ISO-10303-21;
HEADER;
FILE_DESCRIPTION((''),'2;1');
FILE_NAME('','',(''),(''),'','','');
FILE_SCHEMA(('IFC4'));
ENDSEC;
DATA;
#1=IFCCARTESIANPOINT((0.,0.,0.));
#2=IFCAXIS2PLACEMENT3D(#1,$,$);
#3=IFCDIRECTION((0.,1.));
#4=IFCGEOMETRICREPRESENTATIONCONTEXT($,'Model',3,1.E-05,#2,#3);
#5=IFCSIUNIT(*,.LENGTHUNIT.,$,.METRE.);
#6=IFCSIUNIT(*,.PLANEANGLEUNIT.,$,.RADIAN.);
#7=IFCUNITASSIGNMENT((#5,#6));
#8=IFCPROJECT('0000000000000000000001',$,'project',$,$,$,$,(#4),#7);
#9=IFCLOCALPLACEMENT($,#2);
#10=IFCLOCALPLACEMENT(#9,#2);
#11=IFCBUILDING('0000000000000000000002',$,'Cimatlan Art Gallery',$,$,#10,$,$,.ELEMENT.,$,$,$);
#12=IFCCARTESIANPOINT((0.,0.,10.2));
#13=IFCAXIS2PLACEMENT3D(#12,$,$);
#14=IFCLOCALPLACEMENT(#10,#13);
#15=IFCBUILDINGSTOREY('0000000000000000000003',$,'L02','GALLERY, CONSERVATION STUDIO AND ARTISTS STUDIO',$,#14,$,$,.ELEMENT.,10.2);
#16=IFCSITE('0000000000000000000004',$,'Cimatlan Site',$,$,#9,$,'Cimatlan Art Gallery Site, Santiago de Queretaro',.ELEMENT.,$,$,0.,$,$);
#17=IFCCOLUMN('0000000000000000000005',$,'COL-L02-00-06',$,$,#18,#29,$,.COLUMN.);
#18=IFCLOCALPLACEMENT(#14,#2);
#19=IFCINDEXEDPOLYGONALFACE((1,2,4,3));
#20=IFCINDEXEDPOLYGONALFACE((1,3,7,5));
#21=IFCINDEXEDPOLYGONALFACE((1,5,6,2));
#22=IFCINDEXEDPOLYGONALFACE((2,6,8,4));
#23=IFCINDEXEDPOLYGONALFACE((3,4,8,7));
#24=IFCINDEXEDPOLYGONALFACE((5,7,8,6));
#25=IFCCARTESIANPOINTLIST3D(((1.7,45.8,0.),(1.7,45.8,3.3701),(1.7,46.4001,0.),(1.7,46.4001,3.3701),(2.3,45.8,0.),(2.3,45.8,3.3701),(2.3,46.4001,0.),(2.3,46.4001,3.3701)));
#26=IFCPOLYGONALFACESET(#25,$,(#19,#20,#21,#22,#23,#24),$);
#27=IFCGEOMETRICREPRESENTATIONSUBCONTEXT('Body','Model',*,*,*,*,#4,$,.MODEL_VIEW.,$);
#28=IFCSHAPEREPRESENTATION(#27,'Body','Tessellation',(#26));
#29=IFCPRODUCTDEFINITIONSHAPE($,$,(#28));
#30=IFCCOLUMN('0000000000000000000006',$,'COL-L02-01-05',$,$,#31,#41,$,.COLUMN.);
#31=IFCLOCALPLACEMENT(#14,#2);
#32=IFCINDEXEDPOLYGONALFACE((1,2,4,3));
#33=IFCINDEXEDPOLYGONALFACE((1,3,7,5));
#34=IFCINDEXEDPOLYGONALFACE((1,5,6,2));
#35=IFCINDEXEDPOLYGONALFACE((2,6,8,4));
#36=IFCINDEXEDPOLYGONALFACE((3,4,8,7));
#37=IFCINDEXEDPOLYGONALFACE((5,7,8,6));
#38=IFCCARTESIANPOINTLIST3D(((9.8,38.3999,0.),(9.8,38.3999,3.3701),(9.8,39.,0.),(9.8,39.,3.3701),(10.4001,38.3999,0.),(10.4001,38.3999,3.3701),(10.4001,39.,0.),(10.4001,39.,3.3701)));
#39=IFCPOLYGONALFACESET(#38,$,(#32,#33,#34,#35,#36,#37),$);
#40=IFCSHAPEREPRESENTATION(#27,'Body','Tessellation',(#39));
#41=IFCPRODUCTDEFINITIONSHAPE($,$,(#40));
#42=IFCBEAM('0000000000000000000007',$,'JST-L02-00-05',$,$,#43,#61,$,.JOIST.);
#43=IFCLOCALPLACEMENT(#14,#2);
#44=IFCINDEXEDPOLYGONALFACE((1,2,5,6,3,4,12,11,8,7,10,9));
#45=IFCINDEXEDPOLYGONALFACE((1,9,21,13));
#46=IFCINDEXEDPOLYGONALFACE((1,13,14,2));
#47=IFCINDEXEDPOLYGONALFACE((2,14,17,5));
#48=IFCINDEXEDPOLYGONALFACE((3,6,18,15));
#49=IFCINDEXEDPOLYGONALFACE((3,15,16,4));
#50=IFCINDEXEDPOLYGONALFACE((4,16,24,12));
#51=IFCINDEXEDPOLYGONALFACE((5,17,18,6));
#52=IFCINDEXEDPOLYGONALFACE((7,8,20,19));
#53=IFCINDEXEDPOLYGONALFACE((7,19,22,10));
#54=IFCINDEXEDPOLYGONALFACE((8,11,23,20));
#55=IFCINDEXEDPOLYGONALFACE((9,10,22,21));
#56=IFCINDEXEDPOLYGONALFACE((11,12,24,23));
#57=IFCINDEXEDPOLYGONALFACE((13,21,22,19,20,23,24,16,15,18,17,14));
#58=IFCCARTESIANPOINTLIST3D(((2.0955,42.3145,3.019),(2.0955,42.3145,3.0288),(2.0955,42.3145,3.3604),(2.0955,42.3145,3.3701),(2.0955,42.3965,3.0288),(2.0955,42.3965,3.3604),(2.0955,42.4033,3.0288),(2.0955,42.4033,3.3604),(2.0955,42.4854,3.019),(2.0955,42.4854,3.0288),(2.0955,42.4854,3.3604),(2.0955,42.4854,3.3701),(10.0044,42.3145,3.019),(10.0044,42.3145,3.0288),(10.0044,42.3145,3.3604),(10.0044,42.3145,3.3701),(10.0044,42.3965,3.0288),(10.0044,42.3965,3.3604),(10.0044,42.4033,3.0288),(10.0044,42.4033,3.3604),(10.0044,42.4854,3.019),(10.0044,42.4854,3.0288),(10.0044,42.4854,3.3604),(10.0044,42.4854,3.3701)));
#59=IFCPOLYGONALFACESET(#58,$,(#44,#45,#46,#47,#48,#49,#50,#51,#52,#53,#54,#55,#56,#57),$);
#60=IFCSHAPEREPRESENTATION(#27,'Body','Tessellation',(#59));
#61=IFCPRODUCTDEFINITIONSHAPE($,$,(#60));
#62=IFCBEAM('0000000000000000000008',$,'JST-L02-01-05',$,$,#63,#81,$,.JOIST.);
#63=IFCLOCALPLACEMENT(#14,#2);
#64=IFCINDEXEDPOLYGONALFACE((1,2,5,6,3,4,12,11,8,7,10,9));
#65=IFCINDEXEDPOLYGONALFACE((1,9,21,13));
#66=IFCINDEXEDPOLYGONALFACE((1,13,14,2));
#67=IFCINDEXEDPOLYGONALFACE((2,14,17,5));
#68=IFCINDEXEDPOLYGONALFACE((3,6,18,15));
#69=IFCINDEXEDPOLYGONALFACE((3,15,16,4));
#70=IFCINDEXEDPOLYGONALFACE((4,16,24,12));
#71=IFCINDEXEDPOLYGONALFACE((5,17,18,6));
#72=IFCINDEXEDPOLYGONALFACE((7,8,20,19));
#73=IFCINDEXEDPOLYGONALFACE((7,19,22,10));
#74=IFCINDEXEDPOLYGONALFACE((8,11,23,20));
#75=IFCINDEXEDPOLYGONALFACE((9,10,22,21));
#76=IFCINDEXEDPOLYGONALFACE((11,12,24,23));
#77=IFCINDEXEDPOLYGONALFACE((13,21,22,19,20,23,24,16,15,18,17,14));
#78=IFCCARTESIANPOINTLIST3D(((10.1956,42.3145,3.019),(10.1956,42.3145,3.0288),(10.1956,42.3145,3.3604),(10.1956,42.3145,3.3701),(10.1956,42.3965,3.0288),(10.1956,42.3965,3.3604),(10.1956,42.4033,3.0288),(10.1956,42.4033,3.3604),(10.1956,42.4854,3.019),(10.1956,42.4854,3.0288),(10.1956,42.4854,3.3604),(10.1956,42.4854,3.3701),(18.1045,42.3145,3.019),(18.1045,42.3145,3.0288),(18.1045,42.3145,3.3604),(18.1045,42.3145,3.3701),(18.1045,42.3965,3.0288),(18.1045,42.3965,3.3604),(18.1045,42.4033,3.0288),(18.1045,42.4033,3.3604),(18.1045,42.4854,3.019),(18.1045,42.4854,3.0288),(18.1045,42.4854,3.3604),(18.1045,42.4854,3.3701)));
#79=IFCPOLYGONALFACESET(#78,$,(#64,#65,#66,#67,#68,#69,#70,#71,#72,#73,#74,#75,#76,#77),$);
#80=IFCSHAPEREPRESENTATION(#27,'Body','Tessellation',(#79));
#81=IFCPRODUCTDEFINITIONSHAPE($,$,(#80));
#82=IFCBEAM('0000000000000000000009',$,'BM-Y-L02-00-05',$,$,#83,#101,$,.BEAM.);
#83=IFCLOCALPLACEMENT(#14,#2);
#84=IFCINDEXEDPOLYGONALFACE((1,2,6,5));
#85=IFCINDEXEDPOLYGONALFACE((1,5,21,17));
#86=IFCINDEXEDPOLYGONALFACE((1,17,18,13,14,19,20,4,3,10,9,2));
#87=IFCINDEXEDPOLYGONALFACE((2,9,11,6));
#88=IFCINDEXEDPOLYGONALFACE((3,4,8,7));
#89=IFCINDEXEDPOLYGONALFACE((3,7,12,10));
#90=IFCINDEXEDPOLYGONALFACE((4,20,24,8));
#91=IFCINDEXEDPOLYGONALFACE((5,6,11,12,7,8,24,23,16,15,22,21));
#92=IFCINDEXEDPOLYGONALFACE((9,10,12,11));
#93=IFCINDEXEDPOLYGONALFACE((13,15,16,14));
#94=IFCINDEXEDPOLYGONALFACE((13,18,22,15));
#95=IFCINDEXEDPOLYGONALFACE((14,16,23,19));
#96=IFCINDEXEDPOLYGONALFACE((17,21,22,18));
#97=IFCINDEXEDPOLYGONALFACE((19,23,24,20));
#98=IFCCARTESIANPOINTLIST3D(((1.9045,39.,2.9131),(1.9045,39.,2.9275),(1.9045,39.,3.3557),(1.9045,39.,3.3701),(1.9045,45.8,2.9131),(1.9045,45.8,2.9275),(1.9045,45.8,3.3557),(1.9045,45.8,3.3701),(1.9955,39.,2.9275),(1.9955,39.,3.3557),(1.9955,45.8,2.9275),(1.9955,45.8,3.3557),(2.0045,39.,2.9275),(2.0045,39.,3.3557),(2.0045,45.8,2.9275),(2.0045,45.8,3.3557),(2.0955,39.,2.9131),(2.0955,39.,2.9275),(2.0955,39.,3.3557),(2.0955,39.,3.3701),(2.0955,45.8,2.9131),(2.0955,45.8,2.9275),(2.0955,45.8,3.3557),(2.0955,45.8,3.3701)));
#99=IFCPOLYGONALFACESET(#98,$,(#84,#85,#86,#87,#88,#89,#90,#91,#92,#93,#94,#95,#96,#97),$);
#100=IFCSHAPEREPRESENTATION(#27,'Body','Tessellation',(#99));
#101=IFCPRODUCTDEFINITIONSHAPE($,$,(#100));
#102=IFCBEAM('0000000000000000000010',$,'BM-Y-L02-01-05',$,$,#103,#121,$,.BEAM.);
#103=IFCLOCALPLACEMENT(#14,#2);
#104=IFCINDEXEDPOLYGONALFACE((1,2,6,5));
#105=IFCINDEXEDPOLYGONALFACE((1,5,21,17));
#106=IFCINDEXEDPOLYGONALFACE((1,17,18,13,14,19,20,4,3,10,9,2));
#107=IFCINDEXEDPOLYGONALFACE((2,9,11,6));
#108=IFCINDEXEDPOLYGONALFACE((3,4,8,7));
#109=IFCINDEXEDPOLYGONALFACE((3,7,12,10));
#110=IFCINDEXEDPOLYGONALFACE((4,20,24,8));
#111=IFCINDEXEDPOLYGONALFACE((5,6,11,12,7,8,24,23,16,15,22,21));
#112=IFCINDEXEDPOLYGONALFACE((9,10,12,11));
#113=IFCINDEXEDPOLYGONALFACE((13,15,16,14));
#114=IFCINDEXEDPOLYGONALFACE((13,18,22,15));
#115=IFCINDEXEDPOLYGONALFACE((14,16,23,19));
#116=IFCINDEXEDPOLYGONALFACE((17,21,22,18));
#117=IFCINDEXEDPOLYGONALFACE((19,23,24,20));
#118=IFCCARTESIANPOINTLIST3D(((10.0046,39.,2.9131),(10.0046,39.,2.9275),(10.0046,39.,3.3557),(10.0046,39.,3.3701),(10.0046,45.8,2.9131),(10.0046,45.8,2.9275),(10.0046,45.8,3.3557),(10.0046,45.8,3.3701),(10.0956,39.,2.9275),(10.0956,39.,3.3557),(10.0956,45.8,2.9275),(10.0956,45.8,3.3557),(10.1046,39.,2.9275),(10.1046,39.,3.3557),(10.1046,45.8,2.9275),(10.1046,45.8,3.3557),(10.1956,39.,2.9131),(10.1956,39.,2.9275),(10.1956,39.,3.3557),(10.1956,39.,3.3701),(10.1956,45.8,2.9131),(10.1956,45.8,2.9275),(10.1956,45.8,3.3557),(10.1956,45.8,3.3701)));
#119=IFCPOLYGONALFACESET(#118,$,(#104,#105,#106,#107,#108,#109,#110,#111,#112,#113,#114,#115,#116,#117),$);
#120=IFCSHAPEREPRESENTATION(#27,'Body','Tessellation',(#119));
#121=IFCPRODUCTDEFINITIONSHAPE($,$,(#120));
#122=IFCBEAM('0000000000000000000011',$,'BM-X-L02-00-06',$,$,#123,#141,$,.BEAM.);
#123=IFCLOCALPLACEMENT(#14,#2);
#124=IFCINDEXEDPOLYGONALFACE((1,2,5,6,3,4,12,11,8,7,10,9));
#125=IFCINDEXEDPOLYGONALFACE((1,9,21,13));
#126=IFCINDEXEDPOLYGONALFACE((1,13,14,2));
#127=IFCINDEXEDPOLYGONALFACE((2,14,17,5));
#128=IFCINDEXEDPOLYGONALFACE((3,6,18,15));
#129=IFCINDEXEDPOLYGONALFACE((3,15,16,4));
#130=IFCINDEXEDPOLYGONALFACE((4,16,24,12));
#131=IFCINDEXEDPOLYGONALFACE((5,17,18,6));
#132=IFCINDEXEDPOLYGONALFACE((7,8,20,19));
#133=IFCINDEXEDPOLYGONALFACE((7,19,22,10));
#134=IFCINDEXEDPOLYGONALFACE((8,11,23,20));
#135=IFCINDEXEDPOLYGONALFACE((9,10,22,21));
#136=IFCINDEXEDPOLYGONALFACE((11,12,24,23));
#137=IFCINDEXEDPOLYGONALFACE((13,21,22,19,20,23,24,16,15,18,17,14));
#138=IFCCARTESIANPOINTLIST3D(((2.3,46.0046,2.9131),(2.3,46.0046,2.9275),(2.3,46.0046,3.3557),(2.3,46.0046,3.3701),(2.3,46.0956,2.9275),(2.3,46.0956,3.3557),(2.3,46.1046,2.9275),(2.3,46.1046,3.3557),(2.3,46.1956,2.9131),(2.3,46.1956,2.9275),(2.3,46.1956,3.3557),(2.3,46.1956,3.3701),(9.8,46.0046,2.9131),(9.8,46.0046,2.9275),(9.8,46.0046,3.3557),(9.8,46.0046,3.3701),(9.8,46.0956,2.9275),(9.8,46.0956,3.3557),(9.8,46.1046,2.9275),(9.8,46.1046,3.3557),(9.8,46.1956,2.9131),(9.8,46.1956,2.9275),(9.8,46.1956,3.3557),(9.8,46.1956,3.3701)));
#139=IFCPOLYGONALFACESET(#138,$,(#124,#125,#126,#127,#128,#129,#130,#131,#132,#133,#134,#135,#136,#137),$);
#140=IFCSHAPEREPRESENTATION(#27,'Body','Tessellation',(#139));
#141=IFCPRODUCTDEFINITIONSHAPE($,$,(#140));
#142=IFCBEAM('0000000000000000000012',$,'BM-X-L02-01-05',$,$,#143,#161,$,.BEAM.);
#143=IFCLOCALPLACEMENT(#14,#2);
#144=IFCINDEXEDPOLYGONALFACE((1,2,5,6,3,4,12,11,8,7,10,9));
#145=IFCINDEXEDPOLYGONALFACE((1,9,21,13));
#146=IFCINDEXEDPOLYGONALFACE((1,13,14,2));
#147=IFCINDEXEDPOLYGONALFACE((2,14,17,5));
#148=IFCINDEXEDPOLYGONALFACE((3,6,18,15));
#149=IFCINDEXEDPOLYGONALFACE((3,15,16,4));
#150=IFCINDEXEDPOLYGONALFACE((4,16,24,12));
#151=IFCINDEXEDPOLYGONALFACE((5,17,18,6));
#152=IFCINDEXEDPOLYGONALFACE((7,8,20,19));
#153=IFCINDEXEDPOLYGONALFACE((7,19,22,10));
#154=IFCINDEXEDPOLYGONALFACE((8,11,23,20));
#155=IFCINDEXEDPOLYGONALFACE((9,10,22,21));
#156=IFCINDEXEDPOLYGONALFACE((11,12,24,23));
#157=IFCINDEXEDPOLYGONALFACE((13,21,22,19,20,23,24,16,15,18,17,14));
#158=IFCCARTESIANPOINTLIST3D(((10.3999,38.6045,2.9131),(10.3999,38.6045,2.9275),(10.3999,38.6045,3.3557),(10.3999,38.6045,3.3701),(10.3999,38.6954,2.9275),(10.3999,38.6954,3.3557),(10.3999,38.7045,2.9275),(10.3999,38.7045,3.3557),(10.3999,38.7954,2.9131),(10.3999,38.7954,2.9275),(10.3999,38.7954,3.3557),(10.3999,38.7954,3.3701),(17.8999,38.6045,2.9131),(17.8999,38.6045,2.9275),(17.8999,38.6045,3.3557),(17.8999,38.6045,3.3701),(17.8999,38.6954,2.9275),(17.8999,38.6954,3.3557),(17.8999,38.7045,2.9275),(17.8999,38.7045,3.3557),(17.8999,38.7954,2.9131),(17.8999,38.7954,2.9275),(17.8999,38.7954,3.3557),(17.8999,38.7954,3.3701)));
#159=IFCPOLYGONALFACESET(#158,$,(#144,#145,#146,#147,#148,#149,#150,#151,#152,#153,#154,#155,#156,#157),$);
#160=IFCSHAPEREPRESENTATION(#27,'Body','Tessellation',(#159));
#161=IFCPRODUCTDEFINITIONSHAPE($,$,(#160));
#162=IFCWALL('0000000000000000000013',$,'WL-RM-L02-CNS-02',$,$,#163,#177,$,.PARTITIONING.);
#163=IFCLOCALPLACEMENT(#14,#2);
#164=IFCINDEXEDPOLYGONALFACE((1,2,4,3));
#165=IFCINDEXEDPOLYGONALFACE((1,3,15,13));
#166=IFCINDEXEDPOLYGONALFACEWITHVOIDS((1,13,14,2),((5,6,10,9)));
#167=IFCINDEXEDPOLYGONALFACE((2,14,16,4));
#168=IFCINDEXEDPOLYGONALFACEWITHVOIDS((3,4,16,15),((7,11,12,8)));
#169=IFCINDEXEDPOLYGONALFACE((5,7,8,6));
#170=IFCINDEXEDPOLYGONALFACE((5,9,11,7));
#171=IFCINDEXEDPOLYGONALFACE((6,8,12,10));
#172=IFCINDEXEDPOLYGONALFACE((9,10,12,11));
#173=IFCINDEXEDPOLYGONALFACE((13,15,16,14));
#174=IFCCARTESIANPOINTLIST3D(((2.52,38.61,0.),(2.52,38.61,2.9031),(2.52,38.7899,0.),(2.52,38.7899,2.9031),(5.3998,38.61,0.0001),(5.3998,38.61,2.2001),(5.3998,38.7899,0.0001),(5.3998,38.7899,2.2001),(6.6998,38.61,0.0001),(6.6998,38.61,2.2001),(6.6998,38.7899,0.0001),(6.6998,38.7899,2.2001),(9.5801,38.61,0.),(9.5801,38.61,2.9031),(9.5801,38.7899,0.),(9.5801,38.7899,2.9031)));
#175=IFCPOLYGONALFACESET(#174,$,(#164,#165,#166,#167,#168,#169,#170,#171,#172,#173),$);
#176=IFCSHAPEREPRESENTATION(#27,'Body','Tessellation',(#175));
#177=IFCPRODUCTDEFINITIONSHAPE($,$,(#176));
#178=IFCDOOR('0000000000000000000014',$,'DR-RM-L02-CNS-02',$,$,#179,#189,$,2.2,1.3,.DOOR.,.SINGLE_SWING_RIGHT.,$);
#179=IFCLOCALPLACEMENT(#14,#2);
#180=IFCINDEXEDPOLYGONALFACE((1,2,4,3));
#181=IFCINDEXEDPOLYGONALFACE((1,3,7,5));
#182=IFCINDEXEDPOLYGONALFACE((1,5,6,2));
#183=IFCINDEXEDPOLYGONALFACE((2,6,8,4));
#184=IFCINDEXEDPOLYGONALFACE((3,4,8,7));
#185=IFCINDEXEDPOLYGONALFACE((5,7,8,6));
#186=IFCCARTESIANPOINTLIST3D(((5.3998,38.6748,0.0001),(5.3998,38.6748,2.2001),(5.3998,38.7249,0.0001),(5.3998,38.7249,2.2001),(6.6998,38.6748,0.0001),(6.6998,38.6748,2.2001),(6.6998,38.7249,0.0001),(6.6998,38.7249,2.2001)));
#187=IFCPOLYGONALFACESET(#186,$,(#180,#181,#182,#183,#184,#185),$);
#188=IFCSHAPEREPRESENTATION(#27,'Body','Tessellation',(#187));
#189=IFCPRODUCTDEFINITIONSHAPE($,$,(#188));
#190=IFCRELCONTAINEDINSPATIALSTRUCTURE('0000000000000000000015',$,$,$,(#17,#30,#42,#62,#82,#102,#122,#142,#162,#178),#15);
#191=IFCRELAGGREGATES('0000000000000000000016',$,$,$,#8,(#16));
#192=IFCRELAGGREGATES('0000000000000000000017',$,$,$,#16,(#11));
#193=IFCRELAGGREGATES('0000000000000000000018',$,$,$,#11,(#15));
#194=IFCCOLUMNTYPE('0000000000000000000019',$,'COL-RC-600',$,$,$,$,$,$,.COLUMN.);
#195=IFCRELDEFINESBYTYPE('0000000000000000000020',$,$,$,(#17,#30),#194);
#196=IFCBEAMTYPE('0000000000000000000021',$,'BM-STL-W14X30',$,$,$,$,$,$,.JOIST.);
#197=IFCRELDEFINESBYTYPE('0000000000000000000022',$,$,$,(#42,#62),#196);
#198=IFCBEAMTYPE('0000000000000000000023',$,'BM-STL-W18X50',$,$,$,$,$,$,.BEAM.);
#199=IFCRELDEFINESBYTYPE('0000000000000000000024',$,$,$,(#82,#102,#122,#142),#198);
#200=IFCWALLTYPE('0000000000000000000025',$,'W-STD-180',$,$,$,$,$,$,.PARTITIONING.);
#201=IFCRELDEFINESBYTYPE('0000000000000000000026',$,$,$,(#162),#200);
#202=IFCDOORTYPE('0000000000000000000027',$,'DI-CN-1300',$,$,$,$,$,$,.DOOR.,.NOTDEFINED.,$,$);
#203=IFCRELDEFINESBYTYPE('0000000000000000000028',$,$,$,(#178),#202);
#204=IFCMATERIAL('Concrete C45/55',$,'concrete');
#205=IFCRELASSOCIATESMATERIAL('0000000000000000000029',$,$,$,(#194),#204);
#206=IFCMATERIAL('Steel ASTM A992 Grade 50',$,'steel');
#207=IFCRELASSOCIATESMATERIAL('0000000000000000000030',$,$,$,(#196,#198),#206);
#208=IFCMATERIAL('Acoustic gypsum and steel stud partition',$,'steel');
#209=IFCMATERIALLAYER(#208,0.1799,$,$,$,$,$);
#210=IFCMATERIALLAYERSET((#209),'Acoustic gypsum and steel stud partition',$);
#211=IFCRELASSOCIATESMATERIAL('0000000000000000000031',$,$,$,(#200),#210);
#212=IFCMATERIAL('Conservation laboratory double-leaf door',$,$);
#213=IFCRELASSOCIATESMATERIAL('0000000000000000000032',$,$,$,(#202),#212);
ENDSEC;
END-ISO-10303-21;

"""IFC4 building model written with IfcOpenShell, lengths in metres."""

from ifc_helpers import new_model, si_unit, direction, frame, frame_2d, origin, origin_2d, place, context, subcontext, project, spatial, rectangle, i_section, extrude, material, layer, layer_set, material_profile, profile_set, type_object, element, fill, save


model = new_model("IFC4")

# Units and contexts
model_context = context("Model", 3, precision=1e-05, world=origin(), true_north=direction((0.0, 1.0)))
body_context = subcontext(model_context, "Body", "Model", "MODEL_VIEW")
ifc_project = project(units=[si_unit("LENGTHUNIT", "METRE"), si_unit("PLANEANGLEUNIT", "RADIAN")], contexts=[model_context])

# Site, building, storey
site_placement = place(None, origin())
site = spatial("IfcSite", under=ifc_project, at=site_placement, Name="Cimatlan Site", LongName="Cimatlan Art Gallery Site, Santiago de Queretaro", CompositionType="ELEMENT", RefElevation=0.0)
building_placement = place(site_placement, origin())
building = spatial("IfcBuilding", under=site, at=building_placement, Name="Cimatlan Art Gallery", CompositionType="ELEMENT")
storey_placement = place(building_placement, frame((0.0, 0.0, 10.2)))
storey = spatial("IfcBuildingStorey", under=building, at=storey_placement, Name="L02", Description="GALLERY, CONSERVATION STUDIO AND ARTISTS STUDIO", CompositionType="ELEMENT", Elevation=10.2)

# Columns
ifc_material_1 = material(Name="Concrete C45/55", Category="concrete")
ifc_material_profile_1 = material_profile(ifc_material_1, rectangle(XDim=0.6001, YDim=0.6001, at=origin_2d()), Name="RC600X600")
ifc_profile_set_1 = profile_set([ifc_material_profile_1], Name="Concrete C45/55")
column_type = type_object("IfcColumnType", Name="COL-RC-600", PredefinedType="COLUMN", material=ifc_profile_set_1)
for number, where, z_axis, x_axis, name in (
    (1, (2.0, 46.1001, 0.0), (0.0, 0.0, 1.0), (1.0, 0.0, 0.0), "COL-L02-00-06"),
    (2, (10.1001, 38.7, 0.0), (0.0, 0.0, 1.0), (1.0, 0.0, 0.0), "COL-L02-01-05"),
):
    element("IfcColumn", number, at=place(storey_placement, frame(where, z_axis=z_axis, x_axis=x_axis)), inside=storey, type_object=column_type, Name=name, PredefinedType="COLUMN", context=body_context, shape_type="SweptSolid", body=[
        extrude(rectangle(XDim=0.6001, YDim=0.6001, at=origin_2d()), origin(), (0.0, 0.0, 1.0), 3.3701),
    ])

# Beams
ifc_material_2 = material(Name="Steel ASTM A992 Grade 50", Category="steel")
ifc_material_profile_2 = material_profile(ifc_material_2, i_section(OverallWidth=0.1709, OverallDepth=0.3511, WebThickness=0.0068, FlangeThickness=0.0098, at=origin_2d()), Name="W14X30")
ifc_profile_set_2 = profile_set([ifc_material_profile_2], Name="Steel ASTM A992 Grade 50")
beam_type_1 = type_object("IfcBeamType", Name="BM-STL-W14X30", PredefinedType="JOIST", material=ifc_profile_set_2)
for number, where, z_axis, x_axis, name in (
    (3, (2.0955, 42.3999, 3.1946), (1.0, 0.0, 0.0), (0.0, 1.0, 0.0), "JST-L02-00-05"),
    (4, (10.1956, 42.3999, 3.1946), (1.0, 0.0, 0.0), (0.0, 1.0, 0.0), "JST-L02-01-05"),
):
    element("IfcBeam", number, at=place(storey_placement, frame(where, z_axis=z_axis, x_axis=x_axis)), inside=storey, type_object=beam_type_1, Name=name, PredefinedType="JOIST", context=body_context, shape_type="SweptSolid", body=[
        extrude(i_section(OverallWidth=0.1709, OverallDepth=0.3511, WebThickness=0.0068, FlangeThickness=0.0098, at=origin_2d()), origin(), (0.0, 0.0, 1.0), 7.9089),
    ])
ifc_material_profile_3 = material_profile(ifc_material_2, i_section(OverallWidth=0.1909, OverallDepth=0.457, WebThickness=0.009, FlangeThickness=0.0144, at=origin_2d()), Name="W18X50")
ifc_profile_set_3 = profile_set([ifc_material_profile_3], Name="Steel ASTM A992 Grade 50")
beam_type_2 = type_object("IfcBeamType", Name="BM-STL-W18X50", PredefinedType="BEAM", material=ifc_profile_set_3)
for number, where, z_axis, x_axis, name in (
    (5, (2.0, 39.0, 3.1416), (0.0, 1.0, 0.0), (-1.0, 0.0, 0.0), "BM-Y-L02-00-05"),
    (6, (10.1001, 39.0, 3.1416), (0.0, 1.0, 0.0), (-1.0, 0.0, 0.0), "BM-Y-L02-01-05"),
):
    element("IfcBeam", number, at=place(storey_placement, frame(where, z_axis=z_axis, x_axis=x_axis)), inside=storey, type_object=beam_type_2, Name=name, PredefinedType="BEAM", context=body_context, shape_type="SweptSolid", body=[
        extrude(i_section(OverallWidth=0.1909, OverallDepth=0.457, WebThickness=0.009, FlangeThickness=0.0144, at=origin_2d()), origin(), (0.0, 0.0, 1.0), 6.8),
    ])
for number, where, z_axis, x_axis, name in (
    (7, (2.3, 46.1001, 3.1416), (1.0, 0.0, 0.0), (0.0, 1.0, 0.0), "BM-X-L02-00-06"),
    (8, (10.3999, 38.7, 3.1416), (1.0, 0.0, 0.0), (0.0, 1.0, 0.0), "BM-X-L02-01-05"),
):
    element("IfcBeam", number, at=place(storey_placement, frame(where, z_axis=z_axis, x_axis=x_axis)), inside=storey, type_object=beam_type_2, Name=name, PredefinedType="BEAM", context=body_context, shape_type="SweptSolid", body=[
        extrude(i_section(OverallWidth=0.1909, OverallDepth=0.457, WebThickness=0.009, FlangeThickness=0.0144, at=origin_2d()), origin(), (0.0, 0.0, 1.0), 7.5),
    ])

# Wall, opening, door
ifc_material_3 = material(Name="Acoustic gypsum and steel stud partition", Category="steel")
ifc_layer_1 = layer(ifc_material_3, 0.1799)
ifc_layer_set_1 = layer_set([ifc_layer_1], Name="Acoustic gypsum and steel stud partition")
wall_type_1 = type_object("IfcWallType", Name="W-STD-180", PredefinedType="PARTITIONING", material=ifc_layer_set_1)
wall_1_placement = place(storey_placement, frame((2.52, 38.7, 0.0), z_axis=(0.0, 0.0, 1.0), x_axis=(1.0, 0.0, 0.0)))
wall_1 = element("IfcWall", 9, at=wall_1_placement, inside=storey, type_object=wall_type_1, Name="WL-RM-L02-CNS-02", PredefinedType="PARTITIONING", context=body_context, shape_type="SweptSolid", body=[
    extrude(rectangle(XDim=7.0601, YDim=0.1799, at=frame_2d((3.53, 0.0))), origin(), (0.0, 0.0, 1.0), 2.9031),
])
opening_1_placement = place(wall_1_placement, frame((2.8799, 0.0, 0.0)))
opening_1 = element("IfcOpeningElement", 10, at=opening_1_placement, cuts=wall_1, PredefinedType="OPENING", context=body_context, shape_type="SweptSolid", body=[
    extrude(rectangle(XDim=1.3, YDim=2.2, at=frame_2d((0.6499, 1.1001))), frame((0.0, 0.1001, 0.0), z_axis=(0.0, -1.0, 0.0), x_axis=(1.0, 0.0, 0.0)), (0.0, 0.0, 1.0), 0.2),
])
ifc_material_4 = material(Name="Conservation laboratory double-leaf door")
door_type = type_object("IfcDoorType", Name="DI-CN-1300", OperationType="NOTDEFINED", PredefinedType="DOOR", material=ifc_material_4)
door_1_placement = place(opening_1_placement, origin())
door_1 = element("IfcDoor", 11, at=door_1_placement, inside=storey, type_object=door_type, Name="DR-RM-L02-CNS-02", OperationType="SINGLE_SWING_RIGHT", OverallHeight=2.2, OverallWidth=1.3, PredefinedType="DOOR", context=body_context, shape_type="SweptSolid", body=[
    extrude(rectangle(XDim=1.3, YDim=2.2, at=frame_2d((0.6499, 1.1001))), frame((0.0, 0.0249, 0.0), z_axis=(0.0, -1.0, 0.0), x_axis=(1.0, 0.0, 0.0)), (0.0, 0.0, 1.0), 0.05),
])
fill(opening_1, door_1)

save(model, "model.ifc")
